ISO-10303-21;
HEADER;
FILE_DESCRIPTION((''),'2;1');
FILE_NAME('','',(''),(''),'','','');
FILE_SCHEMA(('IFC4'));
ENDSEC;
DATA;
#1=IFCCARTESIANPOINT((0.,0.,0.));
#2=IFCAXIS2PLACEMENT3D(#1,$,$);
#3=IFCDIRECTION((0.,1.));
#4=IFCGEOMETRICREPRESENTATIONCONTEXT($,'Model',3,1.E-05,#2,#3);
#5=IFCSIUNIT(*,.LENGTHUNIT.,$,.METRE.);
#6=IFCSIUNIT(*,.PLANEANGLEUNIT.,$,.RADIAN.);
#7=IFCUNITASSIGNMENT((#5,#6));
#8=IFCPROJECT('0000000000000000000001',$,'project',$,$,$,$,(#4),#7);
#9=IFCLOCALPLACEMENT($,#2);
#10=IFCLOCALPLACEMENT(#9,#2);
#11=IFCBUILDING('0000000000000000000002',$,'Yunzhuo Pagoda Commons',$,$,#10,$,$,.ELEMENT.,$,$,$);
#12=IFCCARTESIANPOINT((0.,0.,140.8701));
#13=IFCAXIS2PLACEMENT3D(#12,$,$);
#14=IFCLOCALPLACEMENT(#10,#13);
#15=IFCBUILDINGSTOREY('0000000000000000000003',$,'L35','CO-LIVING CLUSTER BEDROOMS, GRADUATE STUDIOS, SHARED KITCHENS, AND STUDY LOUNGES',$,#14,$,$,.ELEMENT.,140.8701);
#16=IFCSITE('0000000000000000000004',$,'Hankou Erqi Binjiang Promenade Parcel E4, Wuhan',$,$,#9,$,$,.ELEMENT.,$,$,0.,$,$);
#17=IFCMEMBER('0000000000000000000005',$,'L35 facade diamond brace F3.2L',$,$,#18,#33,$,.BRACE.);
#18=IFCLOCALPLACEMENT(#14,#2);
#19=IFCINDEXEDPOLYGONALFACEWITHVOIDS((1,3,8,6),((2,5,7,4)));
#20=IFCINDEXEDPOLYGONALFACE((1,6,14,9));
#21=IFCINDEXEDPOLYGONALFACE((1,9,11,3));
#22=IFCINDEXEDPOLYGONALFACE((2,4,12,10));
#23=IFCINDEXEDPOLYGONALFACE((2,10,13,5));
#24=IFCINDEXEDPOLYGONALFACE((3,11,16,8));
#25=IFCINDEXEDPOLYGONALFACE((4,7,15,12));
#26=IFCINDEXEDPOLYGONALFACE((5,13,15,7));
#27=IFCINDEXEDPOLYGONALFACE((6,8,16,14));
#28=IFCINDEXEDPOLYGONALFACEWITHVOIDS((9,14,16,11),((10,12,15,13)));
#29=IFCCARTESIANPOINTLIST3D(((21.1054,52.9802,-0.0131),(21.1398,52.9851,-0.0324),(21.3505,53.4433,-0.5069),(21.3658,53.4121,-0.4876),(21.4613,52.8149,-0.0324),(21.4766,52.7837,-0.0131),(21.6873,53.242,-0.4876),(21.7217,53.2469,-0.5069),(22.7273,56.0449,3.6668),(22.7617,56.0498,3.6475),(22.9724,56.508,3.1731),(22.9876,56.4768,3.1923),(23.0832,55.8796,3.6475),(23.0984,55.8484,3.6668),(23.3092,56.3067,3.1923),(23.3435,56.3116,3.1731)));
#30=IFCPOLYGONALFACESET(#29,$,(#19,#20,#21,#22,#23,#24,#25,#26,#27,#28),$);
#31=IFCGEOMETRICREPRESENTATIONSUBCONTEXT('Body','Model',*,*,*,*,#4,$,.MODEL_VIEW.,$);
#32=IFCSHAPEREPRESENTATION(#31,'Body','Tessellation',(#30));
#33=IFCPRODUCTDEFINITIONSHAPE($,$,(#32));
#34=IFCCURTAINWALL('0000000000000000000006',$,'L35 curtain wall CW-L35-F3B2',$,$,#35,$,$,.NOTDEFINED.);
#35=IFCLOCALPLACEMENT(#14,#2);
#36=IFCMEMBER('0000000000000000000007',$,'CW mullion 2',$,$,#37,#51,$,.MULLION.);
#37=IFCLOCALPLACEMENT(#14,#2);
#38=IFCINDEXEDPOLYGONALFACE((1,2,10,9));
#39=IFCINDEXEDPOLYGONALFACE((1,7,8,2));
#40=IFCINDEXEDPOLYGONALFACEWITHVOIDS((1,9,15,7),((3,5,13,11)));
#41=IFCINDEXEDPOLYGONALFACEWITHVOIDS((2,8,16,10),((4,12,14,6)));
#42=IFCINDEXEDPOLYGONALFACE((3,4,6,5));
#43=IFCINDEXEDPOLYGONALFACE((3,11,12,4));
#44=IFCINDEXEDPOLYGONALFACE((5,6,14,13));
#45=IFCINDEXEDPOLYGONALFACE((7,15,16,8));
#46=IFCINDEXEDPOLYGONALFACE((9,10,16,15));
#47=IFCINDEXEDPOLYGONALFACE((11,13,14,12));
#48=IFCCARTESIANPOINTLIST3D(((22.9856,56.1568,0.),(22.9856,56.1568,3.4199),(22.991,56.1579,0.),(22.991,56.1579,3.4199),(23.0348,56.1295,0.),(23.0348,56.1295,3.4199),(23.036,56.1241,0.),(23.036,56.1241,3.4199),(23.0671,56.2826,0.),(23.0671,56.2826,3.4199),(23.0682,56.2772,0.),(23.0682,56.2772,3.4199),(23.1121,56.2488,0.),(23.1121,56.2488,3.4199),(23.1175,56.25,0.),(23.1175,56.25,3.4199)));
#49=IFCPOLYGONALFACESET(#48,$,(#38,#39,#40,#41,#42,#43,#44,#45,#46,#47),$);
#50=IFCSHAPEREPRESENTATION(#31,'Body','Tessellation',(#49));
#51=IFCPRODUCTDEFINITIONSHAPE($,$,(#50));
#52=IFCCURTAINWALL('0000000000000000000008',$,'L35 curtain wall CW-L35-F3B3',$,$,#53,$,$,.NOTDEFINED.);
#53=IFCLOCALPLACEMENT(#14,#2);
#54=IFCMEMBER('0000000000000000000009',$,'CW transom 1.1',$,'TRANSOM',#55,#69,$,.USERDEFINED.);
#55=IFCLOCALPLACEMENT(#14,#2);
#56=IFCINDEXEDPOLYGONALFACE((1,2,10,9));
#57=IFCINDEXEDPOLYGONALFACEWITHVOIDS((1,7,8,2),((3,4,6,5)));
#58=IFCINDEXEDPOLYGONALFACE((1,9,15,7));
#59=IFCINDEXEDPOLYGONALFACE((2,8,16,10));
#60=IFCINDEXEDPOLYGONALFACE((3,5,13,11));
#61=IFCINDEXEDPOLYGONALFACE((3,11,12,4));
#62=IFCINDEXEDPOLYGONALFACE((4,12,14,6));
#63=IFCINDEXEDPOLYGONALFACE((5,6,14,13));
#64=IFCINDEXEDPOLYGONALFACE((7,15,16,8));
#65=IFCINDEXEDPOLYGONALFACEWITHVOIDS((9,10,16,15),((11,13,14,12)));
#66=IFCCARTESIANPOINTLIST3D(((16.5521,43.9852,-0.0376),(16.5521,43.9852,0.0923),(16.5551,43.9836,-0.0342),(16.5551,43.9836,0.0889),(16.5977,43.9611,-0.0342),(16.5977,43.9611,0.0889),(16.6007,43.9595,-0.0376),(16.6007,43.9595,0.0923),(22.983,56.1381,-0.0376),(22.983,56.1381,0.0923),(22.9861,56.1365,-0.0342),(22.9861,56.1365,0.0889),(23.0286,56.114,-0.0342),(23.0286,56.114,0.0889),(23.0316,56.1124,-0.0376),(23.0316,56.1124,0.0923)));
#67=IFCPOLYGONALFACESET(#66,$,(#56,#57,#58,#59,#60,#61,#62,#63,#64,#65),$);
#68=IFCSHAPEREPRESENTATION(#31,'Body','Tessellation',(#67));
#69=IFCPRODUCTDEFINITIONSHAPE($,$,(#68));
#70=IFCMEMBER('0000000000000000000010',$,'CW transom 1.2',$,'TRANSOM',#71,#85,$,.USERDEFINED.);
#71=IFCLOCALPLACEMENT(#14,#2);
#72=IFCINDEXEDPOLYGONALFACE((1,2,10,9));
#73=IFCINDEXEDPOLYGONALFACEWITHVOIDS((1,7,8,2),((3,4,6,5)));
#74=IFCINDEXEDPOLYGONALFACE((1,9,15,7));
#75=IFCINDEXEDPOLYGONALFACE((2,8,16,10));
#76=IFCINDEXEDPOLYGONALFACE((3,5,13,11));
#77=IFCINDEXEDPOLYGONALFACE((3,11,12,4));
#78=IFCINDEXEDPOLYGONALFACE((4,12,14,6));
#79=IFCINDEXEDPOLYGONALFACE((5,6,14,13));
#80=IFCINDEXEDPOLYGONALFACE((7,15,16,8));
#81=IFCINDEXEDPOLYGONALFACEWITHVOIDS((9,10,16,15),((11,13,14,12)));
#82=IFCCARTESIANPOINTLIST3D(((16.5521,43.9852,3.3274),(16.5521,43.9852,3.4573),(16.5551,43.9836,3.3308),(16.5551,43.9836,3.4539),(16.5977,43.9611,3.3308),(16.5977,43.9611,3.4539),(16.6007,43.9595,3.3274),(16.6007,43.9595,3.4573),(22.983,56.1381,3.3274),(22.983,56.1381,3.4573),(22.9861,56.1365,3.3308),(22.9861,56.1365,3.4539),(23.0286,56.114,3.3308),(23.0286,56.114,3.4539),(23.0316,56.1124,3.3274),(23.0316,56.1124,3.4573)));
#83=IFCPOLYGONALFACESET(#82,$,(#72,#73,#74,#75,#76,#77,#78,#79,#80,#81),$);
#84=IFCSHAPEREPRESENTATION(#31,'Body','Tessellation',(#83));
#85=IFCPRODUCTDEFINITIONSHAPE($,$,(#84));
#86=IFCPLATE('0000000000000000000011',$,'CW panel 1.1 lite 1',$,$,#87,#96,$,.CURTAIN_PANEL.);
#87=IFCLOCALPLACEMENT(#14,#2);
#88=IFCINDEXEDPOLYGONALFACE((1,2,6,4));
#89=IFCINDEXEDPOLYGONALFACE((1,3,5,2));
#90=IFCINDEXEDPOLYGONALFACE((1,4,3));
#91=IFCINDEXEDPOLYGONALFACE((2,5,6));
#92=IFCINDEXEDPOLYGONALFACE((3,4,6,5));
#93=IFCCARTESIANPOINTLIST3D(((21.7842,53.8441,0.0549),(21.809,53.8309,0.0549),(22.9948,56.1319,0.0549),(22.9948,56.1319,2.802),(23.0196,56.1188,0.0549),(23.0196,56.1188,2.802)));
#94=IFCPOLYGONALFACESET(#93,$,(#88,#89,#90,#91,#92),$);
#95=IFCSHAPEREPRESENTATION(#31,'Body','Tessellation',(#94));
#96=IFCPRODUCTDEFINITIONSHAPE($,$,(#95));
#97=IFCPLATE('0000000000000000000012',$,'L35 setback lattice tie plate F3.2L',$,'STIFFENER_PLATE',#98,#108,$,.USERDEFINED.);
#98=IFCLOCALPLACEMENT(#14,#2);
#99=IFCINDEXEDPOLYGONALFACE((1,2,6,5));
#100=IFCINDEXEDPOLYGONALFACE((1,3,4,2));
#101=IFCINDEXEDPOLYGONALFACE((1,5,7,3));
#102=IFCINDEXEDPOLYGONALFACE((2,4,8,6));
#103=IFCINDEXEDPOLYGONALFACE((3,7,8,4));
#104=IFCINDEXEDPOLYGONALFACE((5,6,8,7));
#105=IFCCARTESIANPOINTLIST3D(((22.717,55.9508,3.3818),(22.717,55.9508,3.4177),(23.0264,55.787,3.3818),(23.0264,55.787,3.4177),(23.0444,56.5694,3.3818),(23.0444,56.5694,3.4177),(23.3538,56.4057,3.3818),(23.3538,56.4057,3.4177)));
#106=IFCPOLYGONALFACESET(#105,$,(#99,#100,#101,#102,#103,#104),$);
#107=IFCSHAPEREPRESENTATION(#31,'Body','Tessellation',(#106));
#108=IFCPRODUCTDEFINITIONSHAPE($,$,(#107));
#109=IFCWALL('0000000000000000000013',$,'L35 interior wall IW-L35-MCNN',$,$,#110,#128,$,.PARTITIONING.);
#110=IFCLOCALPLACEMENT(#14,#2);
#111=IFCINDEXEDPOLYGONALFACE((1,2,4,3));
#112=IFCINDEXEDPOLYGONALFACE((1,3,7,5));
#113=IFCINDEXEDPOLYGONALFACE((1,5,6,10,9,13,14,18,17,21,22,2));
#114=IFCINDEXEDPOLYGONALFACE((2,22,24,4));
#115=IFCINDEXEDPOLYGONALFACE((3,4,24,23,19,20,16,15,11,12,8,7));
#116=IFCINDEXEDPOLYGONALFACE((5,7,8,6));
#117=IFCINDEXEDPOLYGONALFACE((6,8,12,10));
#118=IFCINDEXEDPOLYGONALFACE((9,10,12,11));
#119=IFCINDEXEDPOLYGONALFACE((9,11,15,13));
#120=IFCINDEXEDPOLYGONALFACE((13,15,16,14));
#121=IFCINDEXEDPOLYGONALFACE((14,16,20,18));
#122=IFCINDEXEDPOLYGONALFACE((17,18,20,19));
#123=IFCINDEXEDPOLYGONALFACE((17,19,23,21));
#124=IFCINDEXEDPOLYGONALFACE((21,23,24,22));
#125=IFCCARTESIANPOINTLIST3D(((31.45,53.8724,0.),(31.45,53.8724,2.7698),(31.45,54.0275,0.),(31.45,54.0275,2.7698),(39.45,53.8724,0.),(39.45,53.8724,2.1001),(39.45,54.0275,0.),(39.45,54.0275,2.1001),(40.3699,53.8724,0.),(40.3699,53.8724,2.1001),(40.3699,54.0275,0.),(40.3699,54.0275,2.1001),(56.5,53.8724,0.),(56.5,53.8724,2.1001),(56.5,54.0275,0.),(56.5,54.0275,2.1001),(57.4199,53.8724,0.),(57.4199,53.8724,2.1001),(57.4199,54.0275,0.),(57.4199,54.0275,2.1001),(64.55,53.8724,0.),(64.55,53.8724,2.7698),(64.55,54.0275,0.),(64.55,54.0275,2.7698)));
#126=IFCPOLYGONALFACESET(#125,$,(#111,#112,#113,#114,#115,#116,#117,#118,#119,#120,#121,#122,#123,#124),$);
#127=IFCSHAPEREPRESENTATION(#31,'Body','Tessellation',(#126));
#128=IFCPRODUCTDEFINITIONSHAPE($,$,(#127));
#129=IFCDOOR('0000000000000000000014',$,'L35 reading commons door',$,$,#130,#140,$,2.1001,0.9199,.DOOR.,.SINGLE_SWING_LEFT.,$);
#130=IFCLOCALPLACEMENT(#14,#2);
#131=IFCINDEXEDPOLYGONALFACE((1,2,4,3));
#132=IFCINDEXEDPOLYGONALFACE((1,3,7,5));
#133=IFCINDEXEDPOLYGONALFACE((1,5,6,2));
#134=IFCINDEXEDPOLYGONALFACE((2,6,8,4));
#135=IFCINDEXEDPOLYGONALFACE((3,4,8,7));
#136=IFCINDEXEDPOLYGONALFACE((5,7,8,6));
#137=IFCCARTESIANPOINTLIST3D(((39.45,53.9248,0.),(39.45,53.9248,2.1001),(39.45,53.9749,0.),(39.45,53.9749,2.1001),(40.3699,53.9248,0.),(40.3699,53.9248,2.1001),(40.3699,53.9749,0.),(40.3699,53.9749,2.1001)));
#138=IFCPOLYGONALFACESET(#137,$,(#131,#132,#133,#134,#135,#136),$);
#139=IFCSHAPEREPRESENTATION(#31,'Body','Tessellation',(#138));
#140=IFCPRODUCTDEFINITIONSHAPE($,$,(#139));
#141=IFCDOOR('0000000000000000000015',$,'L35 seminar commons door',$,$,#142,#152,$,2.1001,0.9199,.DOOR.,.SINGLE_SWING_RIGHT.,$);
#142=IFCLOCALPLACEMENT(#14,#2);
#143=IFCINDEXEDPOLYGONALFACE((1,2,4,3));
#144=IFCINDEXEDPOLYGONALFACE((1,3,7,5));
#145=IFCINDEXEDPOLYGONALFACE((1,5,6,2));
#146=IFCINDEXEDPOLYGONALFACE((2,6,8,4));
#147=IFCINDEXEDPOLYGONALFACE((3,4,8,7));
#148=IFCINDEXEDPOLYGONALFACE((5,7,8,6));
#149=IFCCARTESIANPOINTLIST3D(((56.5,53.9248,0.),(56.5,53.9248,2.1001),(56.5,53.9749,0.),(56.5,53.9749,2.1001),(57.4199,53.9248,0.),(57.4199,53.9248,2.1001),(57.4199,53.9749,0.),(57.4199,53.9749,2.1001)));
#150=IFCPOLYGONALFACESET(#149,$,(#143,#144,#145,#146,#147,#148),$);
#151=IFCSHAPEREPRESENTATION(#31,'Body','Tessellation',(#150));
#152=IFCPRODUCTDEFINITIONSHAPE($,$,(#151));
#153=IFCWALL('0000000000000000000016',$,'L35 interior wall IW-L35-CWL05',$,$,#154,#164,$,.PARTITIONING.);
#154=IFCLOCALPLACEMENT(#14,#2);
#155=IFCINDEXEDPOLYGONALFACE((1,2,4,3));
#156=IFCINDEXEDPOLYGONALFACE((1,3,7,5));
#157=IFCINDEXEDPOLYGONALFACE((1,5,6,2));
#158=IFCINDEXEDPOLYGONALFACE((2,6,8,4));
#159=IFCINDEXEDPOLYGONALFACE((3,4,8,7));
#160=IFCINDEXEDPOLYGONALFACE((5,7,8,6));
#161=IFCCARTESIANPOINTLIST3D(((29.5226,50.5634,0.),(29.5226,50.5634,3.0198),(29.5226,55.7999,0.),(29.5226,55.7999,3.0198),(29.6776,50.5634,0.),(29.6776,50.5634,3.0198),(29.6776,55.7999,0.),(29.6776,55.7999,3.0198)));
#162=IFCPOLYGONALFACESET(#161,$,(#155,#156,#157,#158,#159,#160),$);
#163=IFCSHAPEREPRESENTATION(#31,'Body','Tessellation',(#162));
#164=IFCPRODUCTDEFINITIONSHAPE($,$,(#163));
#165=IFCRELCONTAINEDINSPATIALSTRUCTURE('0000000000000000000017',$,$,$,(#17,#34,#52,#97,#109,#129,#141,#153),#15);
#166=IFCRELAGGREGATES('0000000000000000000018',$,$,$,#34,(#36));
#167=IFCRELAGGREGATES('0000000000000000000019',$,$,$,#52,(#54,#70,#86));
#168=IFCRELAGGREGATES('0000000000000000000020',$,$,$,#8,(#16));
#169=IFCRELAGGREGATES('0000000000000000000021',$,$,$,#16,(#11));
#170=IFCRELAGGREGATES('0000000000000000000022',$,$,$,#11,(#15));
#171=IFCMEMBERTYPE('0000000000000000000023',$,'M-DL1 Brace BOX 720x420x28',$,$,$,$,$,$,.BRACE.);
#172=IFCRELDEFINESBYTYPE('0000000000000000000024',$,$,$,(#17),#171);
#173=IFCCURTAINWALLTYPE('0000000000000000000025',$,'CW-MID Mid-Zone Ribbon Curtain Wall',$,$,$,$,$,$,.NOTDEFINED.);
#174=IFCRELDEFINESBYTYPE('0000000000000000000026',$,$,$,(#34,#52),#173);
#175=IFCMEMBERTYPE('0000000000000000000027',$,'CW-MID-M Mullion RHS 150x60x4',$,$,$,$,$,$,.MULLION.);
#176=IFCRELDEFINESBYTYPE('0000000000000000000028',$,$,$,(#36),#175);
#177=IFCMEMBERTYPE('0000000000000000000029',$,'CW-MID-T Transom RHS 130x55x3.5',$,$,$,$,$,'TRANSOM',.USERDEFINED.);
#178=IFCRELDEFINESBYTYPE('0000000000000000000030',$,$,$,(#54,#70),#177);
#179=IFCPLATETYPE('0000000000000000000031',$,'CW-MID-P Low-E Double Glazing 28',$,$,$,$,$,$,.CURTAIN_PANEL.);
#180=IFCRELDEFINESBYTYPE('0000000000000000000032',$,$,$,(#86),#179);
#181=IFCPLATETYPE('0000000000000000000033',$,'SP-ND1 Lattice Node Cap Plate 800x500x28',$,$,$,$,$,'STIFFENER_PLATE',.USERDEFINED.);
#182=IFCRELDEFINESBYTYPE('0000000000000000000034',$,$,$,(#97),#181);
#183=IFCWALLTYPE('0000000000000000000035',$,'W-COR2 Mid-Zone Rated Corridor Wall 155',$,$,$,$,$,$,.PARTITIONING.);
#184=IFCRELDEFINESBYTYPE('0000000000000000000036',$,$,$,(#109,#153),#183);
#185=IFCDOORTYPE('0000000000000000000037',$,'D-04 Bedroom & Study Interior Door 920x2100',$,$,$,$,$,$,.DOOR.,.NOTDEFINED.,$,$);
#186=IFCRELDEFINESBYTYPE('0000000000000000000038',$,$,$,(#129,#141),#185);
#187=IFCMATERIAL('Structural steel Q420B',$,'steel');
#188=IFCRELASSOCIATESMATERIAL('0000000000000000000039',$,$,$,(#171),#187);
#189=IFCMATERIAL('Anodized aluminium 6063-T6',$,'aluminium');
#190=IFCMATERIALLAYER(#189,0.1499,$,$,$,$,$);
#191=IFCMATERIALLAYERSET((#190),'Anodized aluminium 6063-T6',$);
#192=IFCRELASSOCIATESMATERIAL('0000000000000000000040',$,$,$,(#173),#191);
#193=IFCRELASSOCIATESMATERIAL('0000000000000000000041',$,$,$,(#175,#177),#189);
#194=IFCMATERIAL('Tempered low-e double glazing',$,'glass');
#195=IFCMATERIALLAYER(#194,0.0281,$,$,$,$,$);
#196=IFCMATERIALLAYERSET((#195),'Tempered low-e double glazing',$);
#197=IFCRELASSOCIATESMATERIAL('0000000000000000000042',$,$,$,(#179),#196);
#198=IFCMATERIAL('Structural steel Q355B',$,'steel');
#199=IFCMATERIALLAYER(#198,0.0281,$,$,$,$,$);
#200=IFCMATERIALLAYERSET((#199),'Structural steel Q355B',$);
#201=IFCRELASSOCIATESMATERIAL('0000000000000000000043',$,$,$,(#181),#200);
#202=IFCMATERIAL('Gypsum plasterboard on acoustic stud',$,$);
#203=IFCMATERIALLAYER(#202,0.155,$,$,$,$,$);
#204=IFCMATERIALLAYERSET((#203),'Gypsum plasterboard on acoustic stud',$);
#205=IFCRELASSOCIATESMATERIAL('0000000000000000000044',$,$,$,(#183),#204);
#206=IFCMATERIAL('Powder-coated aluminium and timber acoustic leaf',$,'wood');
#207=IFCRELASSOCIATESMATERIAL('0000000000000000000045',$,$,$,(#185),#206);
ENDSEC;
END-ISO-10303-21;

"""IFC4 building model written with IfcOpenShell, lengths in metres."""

from ifc_helpers import new_model, si_unit, direction, frame, frame_2d, origin, origin_with_axes, origin_2d, place, context, subcontext, project, spatial, polyline, rectangle, hollow_rectangle, outline, extrude, source, transform, mapped, material, layer, layer_set, material_profile, profile_set, type_object, element, fill, aggregate, save


model = new_model("IFC4")

# Units and contexts
model_context = context("Model", 3, precision=1e-05, world=origin(), true_north=direction((0.0, 1.0)))
body_context = subcontext(model_context, "Body", "Model", "MODEL_VIEW")
ifc_project = project(units=[si_unit("LENGTHUNIT", "METRE"), si_unit("PLANEANGLEUNIT", "RADIAN")], contexts=[model_context])

# Site, building, storey
site_placement = place(None, origin())
site = spatial("IfcSite", under=ifc_project, at=site_placement, Name="Hankou Erqi Binjiang Promenade Parcel E4, Wuhan", CompositionType="ELEMENT", RefElevation=0.0)
building_placement = place(site_placement, origin())
building = spatial("IfcBuilding", under=site, at=building_placement, Name="Yunzhuo Pagoda Commons", CompositionType="ELEMENT")
storey_placement = place(building_placement, frame((0.0, 0.0, 140.8701)))
storey = spatial("IfcBuildingStorey", under=building, at=storey_placement, Name="L35", Description="CO-LIVING CLUSTER BEDROOMS, GRADUATE STUDIOS, SHARED KITCHENS, AND STUDY LOUNGES", CompositionType="ELEMENT", Elevation=140.8701)

# Shared definitions
ifc_material_1 = material(Name="Structural steel Q420B", Category="steel")

# Shared definitions
ifc_material_2 = material(Name="Structural steel Q355B", Category="steel")

# Member
ifc_material_profile_1 = material_profile(ifc_material_1, hollow_rectangle(XDim=0.4199, YDim=0.72, WallThickness=0.0281, at=origin_2d()), Name="Structural steel Q420B")
ifc_profile_set_1 = profile_set([ifc_material_profile_1], Name="Structural steel Q420B")
member_type_1 = type_object("IfcMemberType", Name="M-DL1 Brace BOX 720x420x28", PredefinedType="BRACE", material=ifc_profile_set_1)
shared_shape_1 = source(origin(), body_context, "Body", "SweptSolid", [
    extrude(hollow_rectangle(XDim=0.4199, YDim=0.72, WallThickness=0.0281, at=origin_2d()), origin(), (0.0, 0.0, 1.0), 5.0562),
])
member_1_placement = place(storey_placement, frame((21.4136, 53.1135, -0.26), z_axis=(0.320763, 0.606133, 0.727814), x_axis=(-0.883867, 0.467739, 0.0)))
element("IfcMember", 1, at=member_1_placement, inside=storey, type_object=member_type_1, Name="L35 facade diamond brace F3.2L", PredefinedType="BRACE", context=body_context, shape_type="MappedRepresentation", body=[
    mapped(shared_shape_1, transform((0.0, 0.0, 0.0), scale=1.0)),
])

# Curtain wall, member
ifc_material_3 = material(Name="Anodized aluminium 6063-T6", Category="aluminium")
ifc_layer_1 = layer(ifc_material_3, 0.1499)
ifc_layer_set_1 = layer_set([ifc_layer_1], Name="Anodized aluminium 6063-T6")
curtain_wall_type = type_object("IfcCurtainWallType", Name="CW-MID Mid-Zone Ribbon Curtain Wall", PredefinedType="NOTDEFINED", material=ifc_layer_set_1)
curtain_wall_1_placement = place(storey_placement, origin())
curtain_wall_1 = element("IfcCurtainWall", 2, at=curtain_wall_1_placement, inside=storey, type_object=curtain_wall_type, Name="L35 curtain wall CW-L35-F3B2", PredefinedType="NOTDEFINED")
ifc_material_profile_2 = material_profile(ifc_material_3, hollow_rectangle(XDim=0.0601, YDim=0.1499, WallThickness=0.0039, at=origin_2d()), Name="Anodized aluminium 6063-T6")
ifc_profile_set_2 = profile_set([ifc_material_profile_2], Name="Anodized aluminium 6063-T6")
member_type_2 = type_object("IfcMemberType", Name="CW-MID-M Mullion RHS 150x60x4", PredefinedType="MULLION", material=ifc_profile_set_2)
shared_shape_2 = source(origin(), body_context, "Body", "SweptSolid", [
    extrude(hollow_rectangle(XDim=0.0601, YDim=0.1499, WallThickness=0.0039, at=origin_2d()), origin(), (0.0, 0.0, 1.0), 3.4199),
])
member_2_placement = place(storey_placement, frame((23.0515, 56.2034, 0.0), z_axis=(0.0, 0.0, 1.0), x_axis=(0.83932, -0.543637, 0.0)))
member_2 = element("IfcMember", 3, at=member_2_placement, type_object=member_type_2, Name="CW mullion 2", PredefinedType="MULLION", context=body_context, shape_type="MappedRepresentation", body=[
    mapped(shared_shape_2, transform((0.0, 0.0, 0.0), scale=1.0)),
])
aggregate(curtain_wall_1, [member_2])

# Curtain wall, members, plate
curtain_wall_2_placement = place(storey_placement, origin())
curtain_wall_2 = element("IfcCurtainWall", 4, at=curtain_wall_2_placement, inside=storey, type_object=curtain_wall_type, Name="L35 curtain wall CW-L35-F3B3", PredefinedType="NOTDEFINED")
ifc_material_profile_3 = material_profile(ifc_material_3, hollow_rectangle(XDim=0.0549, YDim=0.1299, WallThickness=0.0034, at=origin_2d()), Name="Anodized aluminium 6063-T6")
ifc_profile_set_3 = profile_set([ifc_material_profile_3], Name="Anodized aluminium 6063-T6")
member_type_3 = type_object("IfcMemberType", Name="CW-MID-T Transom RHS 130x55x3.5", ElementType="TRANSOM", PredefinedType="USERDEFINED", material=ifc_profile_set_3)
shared_shape_3 = source(origin(), body_context, "Body", "SweptSolid", [
    extrude(hollow_rectangle(XDim=0.0549, YDim=0.1299, WallThickness=0.0034, at=origin_2d()), origin(), (0.0, 0.0, 1.0), 13.7495),
])
member_3_placement = place(storey_placement, frame((23.0073, 56.1252, 0.0273), z_axis=(-0.46772, -0.883876, 0.0), x_axis=(0.883876, -0.46772, 0.0)))
member_3 = element("IfcMember", 5, at=member_3_placement, type_object=member_type_3, Name="CW transom 1.1", ObjectType="TRANSOM", PredefinedType="USERDEFINED", context=body_context, shape_type="MappedRepresentation", body=[
    mapped(shared_shape_3, transform((0.0, 0.0, 0.0), scale=1.0)),
])
member_4_placement = place(storey_placement, frame((23.0073, 56.1252, 3.3923), z_axis=(-0.46772, -0.883876, 0.0), x_axis=(0.883876, -0.46772, 0.0)))
member_4 = element("IfcMember", 6, at=member_4_placement, type_object=member_type_3, Name="CW transom 1.2", ObjectType="TRANSOM", PredefinedType="USERDEFINED", context=body_context, shape_type="MappedRepresentation", body=[
    mapped(shared_shape_3, transform((0.0, 0.0, 0.0), scale=1.0)),
])
ifc_material_4 = material(Name="Tempered low-e double glazing", Category="glass")
ifc_layer_2 = layer(ifc_material_4, 0.0281)
ifc_layer_set_2 = layer_set([ifc_layer_2], Name="Tempered low-e double glazing")
plate_type_1 = type_object("IfcPlateType", Name="CW-MID-P Low-E Double Glazing 28", PredefinedType="CURTAIN_PANEL", material=ifc_layer_set_2)
plate_1_placement = place(storey_placement, frame((22.4143, 54.9749, 1.4285), z_axis=(-0.883879, 0.467715, 0.0), x_axis=(-0.467715, -0.883879, 0.0)))
plate_1 = element("IfcPlate", 7, at=plate_1_placement, type_object=plate_type_1, Name="CW panel 1.1 lite 1", PredefinedType="CURTAIN_PANEL", context=body_context, shape_type="SweptSolid", body=[
    extrude(outline(polyline([(-1.2942, -1.3735), (1.2942, -1.3735), (-1.2942, 1.3735), (-1.2942, -1.3735)])), origin(), (0.0, 0.0, 1.0), 0.0281),
])
aggregate(curtain_wall_2, [member_3, member_4, plate_1])

# Plate
ifc_layer_3 = layer(ifc_material_2, 0.0281)
ifc_layer_set_3 = layer_set([ifc_layer_3], Name="Structural steel Q355B")
plate_type_2 = type_object("IfcPlateType", Name="SP-ND1 Lattice Node Cap Plate 800x500x28", ElementType="STIFFENER_PLATE", PredefinedType="USERDEFINED", material=ifc_layer_set_3)
shared_shape_4 = source(origin(), body_context, "Body", "SweptSolid", [
    extrude(rectangle(XDim=0.7, YDim=0.3501, at=origin_2d()), origin(), (0.0, 0.0, 1.0), 0.0359),
])
plate_2_placement = place(storey_placement, frame((23.0354, 56.1782, 3.3818), z_axis=(0.0, 0.0, 1.0), x_axis=(-0.467714, -0.88388, 0.0)))
element("IfcPlate", 8, at=plate_2_placement, inside=storey, type_object=plate_type_2, Name="L35 setback lattice tie plate F3.2L", ObjectType="STIFFENER_PLATE", PredefinedType="USERDEFINED", context=body_context, shape_type="MappedRepresentation", body=[
    mapped(shared_shape_4, transform((0.0, 0.0, 0.0), scale=1.0)),
])

# Wall, openings, doors
ifc_material_5 = material(Name="Gypsum plasterboard on acoustic stud")
ifc_layer_4 = layer(ifc_material_5, 0.155)
ifc_layer_set_4 = layer_set([ifc_layer_4], Name="Gypsum plasterboard on acoustic stud")
wall_type_1 = type_object("IfcWallType", Name="W-COR2 Mid-Zone Rated Corridor Wall 155", PredefinedType="PARTITIONING", material=ifc_layer_set_4)
wall_1_placement = place(storey_placement, frame((31.45, 53.95, 0.0), z_axis=(0.0, 0.0, 1.0), x_axis=(1.0, 0.0, 0.0)))
wall_1 = element("IfcWall", 9, at=wall_1_placement, inside=storey, type_object=wall_type_1, Name="L35 interior wall IW-L35-MCNN", PredefinedType="PARTITIONING", context=body_context, shape_type="SweptSolid", body=[
    extrude(rectangle(XDim=33.1001, YDim=0.155, at=frame_2d((16.55, 0.0))), origin(), (0.0, 0.0, 1.0), 2.7698),
])
opening_1_placement = place(wall_1_placement, frame((8.0, 0.0, 0.0)))
opening_1 = element("IfcOpeningElement", 10, at=opening_1_placement, cuts=wall_1, PredefinedType="OPENING", context=body_context, shape_type="SweptSolid", body=[
    extrude(rectangle(XDim=0.9199, YDim=2.1001, at=frame_2d((0.46, 1.05))), frame((0.0, 0.0874, 0.0), z_axis=(0.0, -1.0, 0.0), x_axis=(1.0, 0.0, 0.0)), (0.0, 0.0, 1.0), 0.175),
])
opening_2_placement = place(wall_1_placement, frame((25.05, 0.0, 0.0)))
opening_2 = element("IfcOpeningElement", 11, at=opening_2_placement, cuts=wall_1, PredefinedType="OPENING", context=body_context, shape_type="SweptSolid", body=[
    extrude(rectangle(XDim=0.9199, YDim=2.1001, at=frame_2d((0.46, 1.05))), frame((0.0, 0.0874, 0.0), z_axis=(0.0, -1.0, 0.0), x_axis=(1.0, 0.0, 0.0)), (0.0, 0.0, 1.0), 0.175),
])
ifc_material_6 = material(Name="Powder-coated aluminium and timber acoustic leaf", Category="wood")
door_type_1 = type_object("IfcDoorType", Name="D-04 Bedroom & Study Interior Door 920x2100", OperationType="NOTDEFINED", PredefinedType="DOOR", material=ifc_material_6)
shared_shape_5 = source(origin(), body_context, "Body", "SweptSolid", [
    extrude(rectangle(XDim=0.9199, YDim=2.1001, at=frame_2d((0.46, 1.05))), frame((0.0, 0.0249, 0.0), z_axis=(0.0, -1.0, 0.0), x_axis=(1.0, 0.0, 0.0)), (0.0, 0.0, 1.0), 0.05),
])
door_1_placement = place(opening_1_placement, origin_with_axes())
door_1 = element("IfcDoor", 12, at=door_1_placement, inside=storey, type_object=door_type_1, Name="L35 reading commons door", OperationType="SINGLE_SWING_LEFT", OverallHeight=2.1001, OverallWidth=0.9199, PredefinedType="DOOR", context=body_context, shape_type="MappedRepresentation", body=[
    mapped(shared_shape_5, transform((0.0, 0.0, 0.0), scale=1.0)),
])
fill(opening_1, door_1)
door_2_placement = place(opening_2_placement, origin_with_axes())
door_2 = element("IfcDoor", 13, at=door_2_placement, inside=storey, type_object=door_type_1, Name="L35 seminar commons door", OperationType="SINGLE_SWING_RIGHT", OverallHeight=2.1001, OverallWidth=0.9199, PredefinedType="DOOR", context=body_context, shape_type="MappedRepresentation", body=[
    mapped(shared_shape_5, transform((0.0, 0.0, 0.0), scale=1.0)),
])
fill(opening_2, door_2)

# Wall
wall_2_placement = place(storey_placement, frame((29.6001, 50.5635, 0.0), z_axis=(0.0, 0.0, 1.0), x_axis=(0.0, 1.0, 0.0)))
element("IfcWall", 14, at=wall_2_placement, inside=storey, type_object=wall_type_1, Name="L35 interior wall IW-L35-CWL05", PredefinedType="PARTITIONING", context=body_context, shape_type="SweptSolid", body=[
    extrude(rectangle(XDim=5.2366, YDim=0.155, at=frame_2d((2.6182, 0.0))), origin(), (0.0, 0.0, 1.0), 3.0198),
])

save(model, "model.ifc")
